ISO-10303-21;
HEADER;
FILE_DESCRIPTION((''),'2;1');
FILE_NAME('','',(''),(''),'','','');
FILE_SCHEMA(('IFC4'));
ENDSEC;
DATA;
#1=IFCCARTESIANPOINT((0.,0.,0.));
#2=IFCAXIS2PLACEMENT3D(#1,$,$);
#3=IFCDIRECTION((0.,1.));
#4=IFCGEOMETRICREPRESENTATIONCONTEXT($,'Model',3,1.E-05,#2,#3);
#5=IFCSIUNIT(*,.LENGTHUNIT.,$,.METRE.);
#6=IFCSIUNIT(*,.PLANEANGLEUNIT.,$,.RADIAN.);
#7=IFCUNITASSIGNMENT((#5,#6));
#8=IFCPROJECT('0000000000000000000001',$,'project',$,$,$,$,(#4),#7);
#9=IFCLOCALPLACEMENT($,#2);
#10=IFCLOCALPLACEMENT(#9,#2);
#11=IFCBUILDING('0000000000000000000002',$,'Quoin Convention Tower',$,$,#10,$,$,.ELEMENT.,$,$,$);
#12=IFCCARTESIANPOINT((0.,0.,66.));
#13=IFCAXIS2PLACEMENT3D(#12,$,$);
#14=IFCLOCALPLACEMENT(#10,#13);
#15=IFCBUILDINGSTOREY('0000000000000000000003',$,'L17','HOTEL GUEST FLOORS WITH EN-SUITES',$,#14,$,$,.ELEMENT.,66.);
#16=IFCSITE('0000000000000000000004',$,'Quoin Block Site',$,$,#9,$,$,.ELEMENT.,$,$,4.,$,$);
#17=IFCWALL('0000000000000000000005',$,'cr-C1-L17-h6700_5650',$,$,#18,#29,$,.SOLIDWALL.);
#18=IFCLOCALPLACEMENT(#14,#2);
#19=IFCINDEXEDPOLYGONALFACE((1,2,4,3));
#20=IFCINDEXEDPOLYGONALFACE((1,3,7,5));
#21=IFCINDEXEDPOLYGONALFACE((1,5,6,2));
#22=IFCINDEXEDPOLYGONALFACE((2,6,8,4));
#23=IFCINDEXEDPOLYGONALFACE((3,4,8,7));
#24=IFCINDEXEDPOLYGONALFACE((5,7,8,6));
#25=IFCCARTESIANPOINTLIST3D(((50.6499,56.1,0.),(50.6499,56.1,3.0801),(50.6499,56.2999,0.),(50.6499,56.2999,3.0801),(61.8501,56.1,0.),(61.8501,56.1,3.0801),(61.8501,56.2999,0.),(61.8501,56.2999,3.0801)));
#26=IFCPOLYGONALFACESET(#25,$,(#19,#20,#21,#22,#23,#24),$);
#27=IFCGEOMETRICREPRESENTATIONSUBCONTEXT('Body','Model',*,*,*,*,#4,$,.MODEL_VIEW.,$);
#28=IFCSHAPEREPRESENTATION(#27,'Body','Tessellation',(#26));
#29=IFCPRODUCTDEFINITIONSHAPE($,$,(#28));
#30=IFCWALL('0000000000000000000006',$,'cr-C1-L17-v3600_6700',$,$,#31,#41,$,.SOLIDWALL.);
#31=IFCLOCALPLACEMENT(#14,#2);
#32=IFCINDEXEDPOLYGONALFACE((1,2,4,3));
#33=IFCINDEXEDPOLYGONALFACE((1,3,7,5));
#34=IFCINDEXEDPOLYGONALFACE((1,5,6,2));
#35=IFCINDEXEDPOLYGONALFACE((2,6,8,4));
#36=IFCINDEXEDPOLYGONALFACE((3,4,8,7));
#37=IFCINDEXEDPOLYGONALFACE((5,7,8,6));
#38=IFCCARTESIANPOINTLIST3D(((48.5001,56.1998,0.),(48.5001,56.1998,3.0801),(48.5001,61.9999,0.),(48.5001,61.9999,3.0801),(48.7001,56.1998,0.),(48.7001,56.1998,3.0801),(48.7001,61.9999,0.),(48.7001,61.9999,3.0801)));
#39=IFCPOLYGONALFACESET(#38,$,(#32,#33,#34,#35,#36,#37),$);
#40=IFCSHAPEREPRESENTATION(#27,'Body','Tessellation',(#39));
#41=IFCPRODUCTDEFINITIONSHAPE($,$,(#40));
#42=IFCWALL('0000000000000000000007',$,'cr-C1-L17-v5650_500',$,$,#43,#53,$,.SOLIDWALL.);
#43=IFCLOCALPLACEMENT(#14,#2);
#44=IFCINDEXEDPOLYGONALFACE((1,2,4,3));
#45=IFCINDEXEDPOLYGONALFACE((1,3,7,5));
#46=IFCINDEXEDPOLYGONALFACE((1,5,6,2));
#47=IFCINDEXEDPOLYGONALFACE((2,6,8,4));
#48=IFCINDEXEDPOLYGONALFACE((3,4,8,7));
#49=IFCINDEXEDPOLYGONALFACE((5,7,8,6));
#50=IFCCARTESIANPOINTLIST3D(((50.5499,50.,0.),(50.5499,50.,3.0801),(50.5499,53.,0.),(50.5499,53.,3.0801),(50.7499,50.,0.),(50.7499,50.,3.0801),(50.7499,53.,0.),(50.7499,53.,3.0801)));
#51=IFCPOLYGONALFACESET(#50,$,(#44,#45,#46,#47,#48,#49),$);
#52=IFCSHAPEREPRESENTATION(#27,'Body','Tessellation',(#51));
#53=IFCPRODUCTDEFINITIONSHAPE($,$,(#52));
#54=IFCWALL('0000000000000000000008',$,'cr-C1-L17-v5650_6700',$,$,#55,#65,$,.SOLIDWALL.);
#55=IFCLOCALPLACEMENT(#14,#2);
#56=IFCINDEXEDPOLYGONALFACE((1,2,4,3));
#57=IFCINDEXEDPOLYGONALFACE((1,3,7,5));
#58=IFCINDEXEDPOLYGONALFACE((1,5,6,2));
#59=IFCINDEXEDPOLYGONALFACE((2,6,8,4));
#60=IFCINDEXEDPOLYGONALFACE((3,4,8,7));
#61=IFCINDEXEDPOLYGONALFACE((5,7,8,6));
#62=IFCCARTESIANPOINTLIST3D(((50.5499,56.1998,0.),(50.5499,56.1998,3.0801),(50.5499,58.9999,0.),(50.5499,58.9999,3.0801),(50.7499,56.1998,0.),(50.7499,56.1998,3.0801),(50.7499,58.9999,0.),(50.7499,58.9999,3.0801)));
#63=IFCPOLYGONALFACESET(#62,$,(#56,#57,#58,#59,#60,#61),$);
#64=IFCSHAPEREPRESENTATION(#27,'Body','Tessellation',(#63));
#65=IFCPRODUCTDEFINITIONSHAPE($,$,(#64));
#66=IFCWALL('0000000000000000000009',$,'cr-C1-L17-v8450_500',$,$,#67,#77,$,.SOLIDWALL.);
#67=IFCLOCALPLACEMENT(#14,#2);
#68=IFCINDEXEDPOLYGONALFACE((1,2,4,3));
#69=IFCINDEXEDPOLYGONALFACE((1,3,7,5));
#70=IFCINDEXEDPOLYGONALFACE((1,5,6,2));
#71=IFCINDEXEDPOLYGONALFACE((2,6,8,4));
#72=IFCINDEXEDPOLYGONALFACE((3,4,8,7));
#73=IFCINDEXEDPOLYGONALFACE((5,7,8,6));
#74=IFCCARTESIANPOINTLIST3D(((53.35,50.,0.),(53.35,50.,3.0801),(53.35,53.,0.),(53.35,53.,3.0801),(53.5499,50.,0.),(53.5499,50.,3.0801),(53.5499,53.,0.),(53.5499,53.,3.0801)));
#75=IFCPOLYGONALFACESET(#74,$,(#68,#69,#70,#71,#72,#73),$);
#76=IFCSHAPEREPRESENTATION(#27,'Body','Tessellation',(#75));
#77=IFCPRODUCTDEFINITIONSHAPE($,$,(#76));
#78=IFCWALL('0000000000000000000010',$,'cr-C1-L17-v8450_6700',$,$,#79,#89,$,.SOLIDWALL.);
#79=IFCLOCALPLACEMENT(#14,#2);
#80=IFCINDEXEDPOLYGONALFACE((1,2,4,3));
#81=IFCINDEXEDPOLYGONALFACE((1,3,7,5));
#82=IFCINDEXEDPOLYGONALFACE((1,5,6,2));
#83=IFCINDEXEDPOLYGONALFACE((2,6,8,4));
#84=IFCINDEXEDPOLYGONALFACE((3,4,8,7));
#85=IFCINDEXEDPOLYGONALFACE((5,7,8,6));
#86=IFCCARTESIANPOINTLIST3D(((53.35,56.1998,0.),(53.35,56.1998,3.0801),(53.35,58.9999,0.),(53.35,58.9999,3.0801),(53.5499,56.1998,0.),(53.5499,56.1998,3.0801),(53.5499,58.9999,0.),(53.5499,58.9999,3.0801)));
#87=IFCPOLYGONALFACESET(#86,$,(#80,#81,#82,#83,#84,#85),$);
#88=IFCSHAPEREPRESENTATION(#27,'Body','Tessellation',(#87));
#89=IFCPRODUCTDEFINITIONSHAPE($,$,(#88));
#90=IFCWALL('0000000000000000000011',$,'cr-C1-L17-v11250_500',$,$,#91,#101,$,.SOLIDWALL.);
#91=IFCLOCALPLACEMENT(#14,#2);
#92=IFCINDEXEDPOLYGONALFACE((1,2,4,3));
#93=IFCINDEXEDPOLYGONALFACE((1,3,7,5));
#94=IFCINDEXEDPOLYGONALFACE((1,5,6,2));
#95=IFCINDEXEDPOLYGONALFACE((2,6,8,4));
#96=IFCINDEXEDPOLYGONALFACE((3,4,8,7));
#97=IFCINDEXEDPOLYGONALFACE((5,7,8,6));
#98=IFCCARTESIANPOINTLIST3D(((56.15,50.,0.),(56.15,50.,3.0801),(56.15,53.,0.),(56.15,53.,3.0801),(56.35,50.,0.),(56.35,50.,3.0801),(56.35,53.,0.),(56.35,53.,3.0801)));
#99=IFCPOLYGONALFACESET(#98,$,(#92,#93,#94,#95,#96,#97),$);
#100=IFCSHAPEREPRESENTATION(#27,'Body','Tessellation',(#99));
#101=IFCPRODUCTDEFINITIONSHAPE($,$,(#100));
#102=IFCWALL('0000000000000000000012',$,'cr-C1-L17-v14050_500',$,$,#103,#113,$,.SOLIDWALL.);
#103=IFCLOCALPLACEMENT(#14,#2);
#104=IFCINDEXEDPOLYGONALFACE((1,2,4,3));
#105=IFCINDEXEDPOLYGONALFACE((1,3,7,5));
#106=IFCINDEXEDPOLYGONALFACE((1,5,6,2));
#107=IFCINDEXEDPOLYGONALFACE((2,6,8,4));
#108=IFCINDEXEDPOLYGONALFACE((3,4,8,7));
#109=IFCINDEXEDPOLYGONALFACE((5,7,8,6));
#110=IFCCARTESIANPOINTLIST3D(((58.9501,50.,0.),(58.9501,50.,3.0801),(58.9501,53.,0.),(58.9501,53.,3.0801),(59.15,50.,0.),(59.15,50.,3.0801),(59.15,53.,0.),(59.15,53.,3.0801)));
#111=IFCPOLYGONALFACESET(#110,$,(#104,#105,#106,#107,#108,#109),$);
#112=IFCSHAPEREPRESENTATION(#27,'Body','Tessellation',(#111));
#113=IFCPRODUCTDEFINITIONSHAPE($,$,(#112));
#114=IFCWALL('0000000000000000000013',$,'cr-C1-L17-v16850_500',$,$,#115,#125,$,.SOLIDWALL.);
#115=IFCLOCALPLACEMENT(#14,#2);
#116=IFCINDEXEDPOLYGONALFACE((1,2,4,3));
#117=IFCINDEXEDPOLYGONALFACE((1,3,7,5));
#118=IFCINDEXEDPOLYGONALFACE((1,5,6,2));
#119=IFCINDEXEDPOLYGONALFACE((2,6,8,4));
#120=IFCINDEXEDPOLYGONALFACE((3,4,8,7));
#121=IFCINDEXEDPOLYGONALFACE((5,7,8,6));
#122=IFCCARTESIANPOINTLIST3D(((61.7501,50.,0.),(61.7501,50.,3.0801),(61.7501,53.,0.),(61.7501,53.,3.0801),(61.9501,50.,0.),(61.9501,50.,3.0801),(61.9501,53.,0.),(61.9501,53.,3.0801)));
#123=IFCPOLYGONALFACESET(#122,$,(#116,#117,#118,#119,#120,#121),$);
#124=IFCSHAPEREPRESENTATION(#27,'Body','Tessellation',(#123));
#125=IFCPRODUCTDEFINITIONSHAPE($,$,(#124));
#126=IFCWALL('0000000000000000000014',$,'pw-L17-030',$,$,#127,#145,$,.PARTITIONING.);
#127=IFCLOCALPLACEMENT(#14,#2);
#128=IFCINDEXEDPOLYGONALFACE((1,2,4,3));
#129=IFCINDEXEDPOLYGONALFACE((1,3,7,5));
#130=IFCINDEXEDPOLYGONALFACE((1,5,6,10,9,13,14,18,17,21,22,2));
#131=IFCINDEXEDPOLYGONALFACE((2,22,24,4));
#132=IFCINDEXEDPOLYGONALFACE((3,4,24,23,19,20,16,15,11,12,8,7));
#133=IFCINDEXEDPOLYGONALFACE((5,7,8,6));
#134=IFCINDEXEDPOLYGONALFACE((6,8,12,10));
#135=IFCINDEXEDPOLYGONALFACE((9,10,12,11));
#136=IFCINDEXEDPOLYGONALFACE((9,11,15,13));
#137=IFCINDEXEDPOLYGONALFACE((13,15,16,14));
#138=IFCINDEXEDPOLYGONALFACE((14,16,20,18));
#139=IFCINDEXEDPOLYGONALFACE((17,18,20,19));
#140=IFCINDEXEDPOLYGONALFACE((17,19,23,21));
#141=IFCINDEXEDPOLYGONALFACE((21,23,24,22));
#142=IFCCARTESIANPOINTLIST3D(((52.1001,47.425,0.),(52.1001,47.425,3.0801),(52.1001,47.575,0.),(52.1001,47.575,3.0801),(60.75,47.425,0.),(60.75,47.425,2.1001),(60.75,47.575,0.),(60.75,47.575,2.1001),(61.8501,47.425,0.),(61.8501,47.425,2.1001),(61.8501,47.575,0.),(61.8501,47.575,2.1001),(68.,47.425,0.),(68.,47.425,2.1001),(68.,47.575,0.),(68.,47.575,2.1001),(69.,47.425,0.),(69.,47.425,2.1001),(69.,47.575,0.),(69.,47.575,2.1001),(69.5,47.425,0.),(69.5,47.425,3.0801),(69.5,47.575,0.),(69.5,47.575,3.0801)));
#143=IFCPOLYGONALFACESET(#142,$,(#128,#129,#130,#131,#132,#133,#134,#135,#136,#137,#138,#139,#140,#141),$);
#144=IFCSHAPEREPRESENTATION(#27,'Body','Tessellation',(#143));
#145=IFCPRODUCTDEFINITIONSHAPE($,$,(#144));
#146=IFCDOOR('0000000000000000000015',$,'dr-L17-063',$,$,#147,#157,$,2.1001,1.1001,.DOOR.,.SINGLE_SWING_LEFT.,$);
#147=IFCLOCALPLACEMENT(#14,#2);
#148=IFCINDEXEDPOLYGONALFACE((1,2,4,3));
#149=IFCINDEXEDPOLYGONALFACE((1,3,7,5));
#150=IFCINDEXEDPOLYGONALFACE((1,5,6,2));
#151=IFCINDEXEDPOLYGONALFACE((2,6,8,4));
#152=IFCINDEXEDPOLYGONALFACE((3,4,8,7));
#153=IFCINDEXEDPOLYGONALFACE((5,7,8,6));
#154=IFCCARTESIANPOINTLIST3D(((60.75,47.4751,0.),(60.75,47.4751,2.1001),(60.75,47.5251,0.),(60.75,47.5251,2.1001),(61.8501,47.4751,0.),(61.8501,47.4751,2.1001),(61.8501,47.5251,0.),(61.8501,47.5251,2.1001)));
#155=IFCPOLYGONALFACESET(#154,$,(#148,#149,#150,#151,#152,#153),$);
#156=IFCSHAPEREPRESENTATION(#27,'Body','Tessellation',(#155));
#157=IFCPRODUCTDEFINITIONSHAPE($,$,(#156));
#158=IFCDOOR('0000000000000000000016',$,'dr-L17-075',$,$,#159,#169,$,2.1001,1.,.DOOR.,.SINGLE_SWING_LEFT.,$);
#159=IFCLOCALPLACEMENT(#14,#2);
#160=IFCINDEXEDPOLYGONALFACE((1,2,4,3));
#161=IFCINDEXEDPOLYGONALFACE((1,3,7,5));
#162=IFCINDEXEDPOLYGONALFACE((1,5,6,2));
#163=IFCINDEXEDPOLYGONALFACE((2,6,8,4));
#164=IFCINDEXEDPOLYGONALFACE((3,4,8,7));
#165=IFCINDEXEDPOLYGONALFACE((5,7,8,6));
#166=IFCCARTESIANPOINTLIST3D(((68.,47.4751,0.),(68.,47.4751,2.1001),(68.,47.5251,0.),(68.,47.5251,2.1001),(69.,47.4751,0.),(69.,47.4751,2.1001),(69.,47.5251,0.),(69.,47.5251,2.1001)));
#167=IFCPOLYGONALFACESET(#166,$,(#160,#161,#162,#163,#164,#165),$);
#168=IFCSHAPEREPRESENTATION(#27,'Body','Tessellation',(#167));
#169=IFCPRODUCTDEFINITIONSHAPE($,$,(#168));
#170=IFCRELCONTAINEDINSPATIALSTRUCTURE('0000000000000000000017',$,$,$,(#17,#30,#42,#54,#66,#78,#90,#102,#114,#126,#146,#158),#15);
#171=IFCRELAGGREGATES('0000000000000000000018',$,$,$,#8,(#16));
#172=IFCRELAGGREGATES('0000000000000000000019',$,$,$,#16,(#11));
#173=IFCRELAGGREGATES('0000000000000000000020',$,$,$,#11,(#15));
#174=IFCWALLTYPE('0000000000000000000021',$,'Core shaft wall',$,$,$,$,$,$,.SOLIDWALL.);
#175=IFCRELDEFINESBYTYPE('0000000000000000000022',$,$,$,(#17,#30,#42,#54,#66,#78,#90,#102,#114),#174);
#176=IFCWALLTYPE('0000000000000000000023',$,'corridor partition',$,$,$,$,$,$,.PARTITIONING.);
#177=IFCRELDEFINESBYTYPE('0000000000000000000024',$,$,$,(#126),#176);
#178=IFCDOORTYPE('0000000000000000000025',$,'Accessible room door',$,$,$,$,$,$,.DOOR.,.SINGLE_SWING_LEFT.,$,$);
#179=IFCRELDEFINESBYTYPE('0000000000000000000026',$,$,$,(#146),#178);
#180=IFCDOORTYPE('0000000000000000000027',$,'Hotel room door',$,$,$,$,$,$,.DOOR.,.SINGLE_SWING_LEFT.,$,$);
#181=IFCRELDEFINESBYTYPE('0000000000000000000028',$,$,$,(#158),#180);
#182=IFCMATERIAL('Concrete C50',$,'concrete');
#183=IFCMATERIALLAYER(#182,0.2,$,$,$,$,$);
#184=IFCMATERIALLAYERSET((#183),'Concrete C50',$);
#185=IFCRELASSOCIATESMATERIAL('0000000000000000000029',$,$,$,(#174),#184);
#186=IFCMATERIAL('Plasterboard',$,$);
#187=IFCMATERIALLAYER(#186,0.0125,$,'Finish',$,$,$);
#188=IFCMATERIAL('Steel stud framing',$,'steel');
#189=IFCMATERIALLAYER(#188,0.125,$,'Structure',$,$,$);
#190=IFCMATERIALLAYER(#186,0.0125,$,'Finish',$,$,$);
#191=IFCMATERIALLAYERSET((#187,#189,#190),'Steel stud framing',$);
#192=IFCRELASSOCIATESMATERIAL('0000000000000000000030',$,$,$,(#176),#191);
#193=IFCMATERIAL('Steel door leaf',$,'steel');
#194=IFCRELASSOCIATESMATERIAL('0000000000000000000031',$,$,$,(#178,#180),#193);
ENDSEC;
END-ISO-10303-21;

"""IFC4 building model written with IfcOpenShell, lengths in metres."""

from ifc_helpers import new_model, si_unit, direction, frame, frame_2d, origin, place, context, subcontext, project, spatial, rectangle, extrude, material, layer, layer_set, type_object, element, fill, save


model = new_model("IFC4")

# Units and contexts
model_context = context("Model", 3, precision=1e-05, world=origin(), true_north=direction((0.0, 1.0)))
body_context = subcontext(model_context, "Body", "Model", "MODEL_VIEW")
ifc_project = project(units=[si_unit("LENGTHUNIT", "METRE"), si_unit("PLANEANGLEUNIT", "RADIAN")], contexts=[model_context])

# Site, building, storey
site_placement = place(None, origin())
site = spatial("IfcSite", under=ifc_project, at=site_placement, Name="Quoin Block Site", CompositionType="ELEMENT", RefElevation=4.0)
building_placement = place(site_placement, origin())
building = spatial("IfcBuilding", under=site, at=building_placement, Name="Quoin Convention Tower", CompositionType="ELEMENT")
storey_placement = place(building_placement, frame((0.0, 0.0, 66.0)))
storey = spatial("IfcBuildingStorey", under=building, at=storey_placement, Name="L17", Description="HOTEL GUEST FLOORS WITH EN-SUITES", CompositionType="ELEMENT", Elevation=66.0)

# Shared definitions
ifc_material_1 = material(Name="Plasterboard")
ifc_material_2 = material(Name="Steel stud framing", Category="steel")
ifc_material_3 = material(Name="Steel door leaf", Category="steel")

# Shared definitions
ifc_material_4 = material(Name="Concrete C50", Category="concrete")
ifc_layer_1 = layer(ifc_material_4, 0.2)
ifc_layer_set_1 = layer_set([ifc_layer_1], Name="Concrete C50")
wall_type_1 = type_object("IfcWallType", Name="Core shaft wall", PredefinedType="SOLIDWALL", material=ifc_layer_set_1)

# Walls
wall_1_placement = place(storey_placement, frame((50.6499, 56.2, 0.0), z_axis=(0.0, 0.0, 1.0), x_axis=(1.0, 0.0, 0.0)))
element("IfcWall", 1, at=wall_1_placement, inside=storey, type_object=wall_type_1, Name="cr-C1-L17-h6700_5650", PredefinedType="SOLIDWALL", context=body_context, shape_type="SweptSolid", body=[
    extrude(rectangle(XDim=11.2002, YDim=0.2, at=frame_2d((5.6001, 0.0))), origin(), (0.0, 0.0, 1.0), 3.0801),
])
wall_2_placement = place(storey_placement, frame((48.6001, 56.2, 0.0), z_axis=(0.0, 0.0, 1.0), x_axis=(0.0, 1.0, 0.0)))
element("IfcWall", 2, at=wall_2_placement, inside=storey, type_object=wall_type_1, Name="cr-C1-L17-v3600_6700", PredefinedType="SOLIDWALL", context=body_context, shape_type="SweptSolid", body=[
    extrude(rectangle(XDim=5.8, YDim=0.2, at=frame_2d((2.8999, 0.0))), origin(), (0.0, 0.0, 1.0), 3.0801),
])
wall_3_placement = place(storey_placement, frame((50.6499, 50.0, 0.0), z_axis=(0.0, 0.0, 1.0), x_axis=(0.0, 1.0, 0.0)))
element("IfcWall", 3, at=wall_3_placement, inside=storey, type_object=wall_type_1, Name="cr-C1-L17-v5650_500", PredefinedType="SOLIDWALL", context=body_context, shape_type="SweptSolid", body=[
    extrude(rectangle(XDim=3.0, YDim=0.2, at=frame_2d((1.5, 0.0))), origin(), (0.0, 0.0, 1.0), 3.0801),
])
wall_4_placement = place(storey_placement, frame((50.6499, 56.2, 0.0), z_axis=(0.0, 0.0, 1.0), x_axis=(0.0, 1.0, 0.0)))
element("IfcWall", 4, at=wall_4_placement, inside=storey, type_object=wall_type_1, Name="cr-C1-L17-v5650_6700", PredefinedType="SOLIDWALL", context=body_context, shape_type="SweptSolid", body=[
    extrude(rectangle(XDim=2.8, YDim=0.2, at=frame_2d((1.3999, 0.0))), origin(), (0.0, 0.0, 1.0), 3.0801),
])
wall_5_placement = place(storey_placement, frame((53.45, 50.0, 0.0), z_axis=(0.0, 0.0, 1.0), x_axis=(0.0, 1.0, 0.0)))
element("IfcWall", 5, at=wall_5_placement, inside=storey, type_object=wall_type_1, Name="cr-C1-L17-v8450_500", PredefinedType="SOLIDWALL", context=body_context, shape_type="SweptSolid", body=[
    extrude(rectangle(XDim=3.0, YDim=0.2, at=frame_2d((1.5, 0.0))), origin(), (0.0, 0.0, 1.0), 3.0801),
])
wall_6_placement = place(storey_placement, frame((53.45, 56.2, 0.0), z_axis=(0.0, 0.0, 1.0), x_axis=(0.0, 1.0, 0.0)))
element("IfcWall", 6, at=wall_6_placement, inside=storey, type_object=wall_type_1, Name="cr-C1-L17-v8450_6700", PredefinedType="SOLIDWALL", context=body_context, shape_type="SweptSolid", body=[
    extrude(rectangle(XDim=2.8, YDim=0.2, at=frame_2d((1.3999, 0.0))), origin(), (0.0, 0.0, 1.0), 3.0801),
])
for number, where, z_axis, x_axis, name in (
    (7, (56.25, 50.0, 0.0), (0.0, 0.0, 1.0), (0.0, 1.0, 0.0), "cr-C1-L17-v11250_500"),
    (8, (59.05, 50.0, 0.0), (0.0, 0.0, 1.0), (0.0, 1.0, 0.0), "cr-C1-L17-v14050_500"),
    (9, (61.8501, 50.0, 0.0), (0.0, 0.0, 1.0), (0.0, 1.0, 0.0), "cr-C1-L17-v16850_500"),
):
    element("IfcWall", number, at=place(storey_placement, frame(where, z_axis=z_axis, x_axis=x_axis)), inside=storey, type_object=wall_type_1, Name=name, PredefinedType="SOLIDWALL", context=body_context, shape_type="SweptSolid", body=[
        extrude(rectangle(XDim=3.0, YDim=0.2, at=frame_2d((1.5, 0.0))), origin(), (0.0, 0.0, 1.0), 3.0801),
    ])

# Wall, openings, doors
ifc_layer_2 = layer(ifc_material_1, 0.0125, Name="Finish")
ifc_layer_3 = layer(ifc_material_2, 0.125, Name="Structure")
ifc_layer_4 = layer(ifc_material_1, 0.0125, Name="Finish")
ifc_layer_set_2 = layer_set([ifc_layer_2, ifc_layer_3, ifc_layer_4], Name="Steel stud framing")
wall_type_2 = type_object("IfcWallType", Name="corridor partition", PredefinedType="PARTITIONING", material=ifc_layer_set_2)
wall_7_placement = place(storey_placement, frame((52.1001, 47.5, 0.0), z_axis=(0.0, 0.0, 1.0), x_axis=(1.0, 0.0, 0.0)))
wall_7 = element("IfcWall", 10, at=wall_7_placement, inside=storey, type_object=wall_type_2, Name="pw-L17-030", PredefinedType="PARTITIONING", context=body_context, shape_type="SweptSolid", body=[
    extrude(rectangle(XDim=17.3999, YDim=0.1499, at=frame_2d((8.7, 0.0))), origin(), (0.0, 0.0, 1.0), 3.0801),
])
opening_1_placement = place(wall_7_placement, frame((8.6499, 0.0, 0.0)))
opening_1 = element("IfcOpeningElement", 11, at=opening_1_placement, cuts=wall_7, PredefinedType="OPENING", context=body_context, shape_type="SweptSolid", body=[
    extrude(rectangle(XDim=1.1001, YDim=2.1001, at=frame_2d((0.55, 1.05))), frame((0.0, 0.085, 0.0), z_axis=(0.0, -1.0, 0.0), x_axis=(1.0, 0.0, 0.0)), (0.0, 0.0, 1.0), 0.1699),
])
opening_2_placement = place(wall_7_placement, frame((15.8999, 0.0, 0.0)))
opening_2 = element("IfcOpeningElement", 12, at=opening_2_placement, cuts=wall_7, PredefinedType="OPENING", context=body_context, shape_type="SweptSolid", body=[
    extrude(rectangle(XDim=1.0, YDim=2.1001, at=frame_2d((0.5, 1.05))), frame((0.0, 0.085, 0.0), z_axis=(0.0, -1.0, 0.0), x_axis=(1.0, 0.0, 0.0)), (0.0, 0.0, 1.0), 0.1699),
])
door_type_1 = type_object("IfcDoorType", Name="Accessible room door", OperationType="SINGLE_SWING_LEFT", PredefinedType="DOOR", material=ifc_material_3)
door_1_placement = place(opening_1_placement, frame((1.1001, 0.0, 0.0), z_axis=(0.0, 0.0, 1.0), x_axis=(-1.0, 0.0, 0.0)))
door_1 = element("IfcDoor", 13, at=door_1_placement, inside=storey, type_object=door_type_1, Name="dr-L17-063", OperationType="SINGLE_SWING_LEFT", OverallHeight=2.1001, OverallWidth=1.1001, PredefinedType="DOOR", context=body_context, shape_type="SweptSolid", body=[
    extrude(rectangle(XDim=1.1001, YDim=2.1001, at=frame_2d((0.55, 1.05))), frame((0.0, 0.0249, 0.0), z_axis=(0.0, -1.0, 0.0), x_axis=(1.0, 0.0, 0.0)), (0.0, 0.0, 1.0), 0.05),
])
fill(opening_1, door_1)
door_type_2 = type_object("IfcDoorType", Name="Hotel room door", OperationType="SINGLE_SWING_LEFT", PredefinedType="DOOR", material=ifc_material_3)
door_2_placement = place(opening_2_placement, frame((1.0, 0.0, 0.0), z_axis=(0.0, 0.0, 1.0), x_axis=(-1.0, 0.0, 0.0)))
door_2 = element("IfcDoor", 14, at=door_2_placement, inside=storey, type_object=door_type_2, Name="dr-L17-075", OperationType="SINGLE_SWING_LEFT", OverallHeight=2.1001, OverallWidth=1.0, PredefinedType="DOOR", context=body_context, shape_type="SweptSolid", body=[
    extrude(rectangle(XDim=1.0, YDim=2.1001, at=frame_2d((0.5, 1.05))), frame((0.0, 0.0249, 0.0), z_axis=(0.0, -1.0, 0.0), x_axis=(1.0, 0.0, 0.0)), (0.0, 0.0, 1.0), 0.05),
])
fill(opening_2, door_2)

save(model, "model.ifc")
